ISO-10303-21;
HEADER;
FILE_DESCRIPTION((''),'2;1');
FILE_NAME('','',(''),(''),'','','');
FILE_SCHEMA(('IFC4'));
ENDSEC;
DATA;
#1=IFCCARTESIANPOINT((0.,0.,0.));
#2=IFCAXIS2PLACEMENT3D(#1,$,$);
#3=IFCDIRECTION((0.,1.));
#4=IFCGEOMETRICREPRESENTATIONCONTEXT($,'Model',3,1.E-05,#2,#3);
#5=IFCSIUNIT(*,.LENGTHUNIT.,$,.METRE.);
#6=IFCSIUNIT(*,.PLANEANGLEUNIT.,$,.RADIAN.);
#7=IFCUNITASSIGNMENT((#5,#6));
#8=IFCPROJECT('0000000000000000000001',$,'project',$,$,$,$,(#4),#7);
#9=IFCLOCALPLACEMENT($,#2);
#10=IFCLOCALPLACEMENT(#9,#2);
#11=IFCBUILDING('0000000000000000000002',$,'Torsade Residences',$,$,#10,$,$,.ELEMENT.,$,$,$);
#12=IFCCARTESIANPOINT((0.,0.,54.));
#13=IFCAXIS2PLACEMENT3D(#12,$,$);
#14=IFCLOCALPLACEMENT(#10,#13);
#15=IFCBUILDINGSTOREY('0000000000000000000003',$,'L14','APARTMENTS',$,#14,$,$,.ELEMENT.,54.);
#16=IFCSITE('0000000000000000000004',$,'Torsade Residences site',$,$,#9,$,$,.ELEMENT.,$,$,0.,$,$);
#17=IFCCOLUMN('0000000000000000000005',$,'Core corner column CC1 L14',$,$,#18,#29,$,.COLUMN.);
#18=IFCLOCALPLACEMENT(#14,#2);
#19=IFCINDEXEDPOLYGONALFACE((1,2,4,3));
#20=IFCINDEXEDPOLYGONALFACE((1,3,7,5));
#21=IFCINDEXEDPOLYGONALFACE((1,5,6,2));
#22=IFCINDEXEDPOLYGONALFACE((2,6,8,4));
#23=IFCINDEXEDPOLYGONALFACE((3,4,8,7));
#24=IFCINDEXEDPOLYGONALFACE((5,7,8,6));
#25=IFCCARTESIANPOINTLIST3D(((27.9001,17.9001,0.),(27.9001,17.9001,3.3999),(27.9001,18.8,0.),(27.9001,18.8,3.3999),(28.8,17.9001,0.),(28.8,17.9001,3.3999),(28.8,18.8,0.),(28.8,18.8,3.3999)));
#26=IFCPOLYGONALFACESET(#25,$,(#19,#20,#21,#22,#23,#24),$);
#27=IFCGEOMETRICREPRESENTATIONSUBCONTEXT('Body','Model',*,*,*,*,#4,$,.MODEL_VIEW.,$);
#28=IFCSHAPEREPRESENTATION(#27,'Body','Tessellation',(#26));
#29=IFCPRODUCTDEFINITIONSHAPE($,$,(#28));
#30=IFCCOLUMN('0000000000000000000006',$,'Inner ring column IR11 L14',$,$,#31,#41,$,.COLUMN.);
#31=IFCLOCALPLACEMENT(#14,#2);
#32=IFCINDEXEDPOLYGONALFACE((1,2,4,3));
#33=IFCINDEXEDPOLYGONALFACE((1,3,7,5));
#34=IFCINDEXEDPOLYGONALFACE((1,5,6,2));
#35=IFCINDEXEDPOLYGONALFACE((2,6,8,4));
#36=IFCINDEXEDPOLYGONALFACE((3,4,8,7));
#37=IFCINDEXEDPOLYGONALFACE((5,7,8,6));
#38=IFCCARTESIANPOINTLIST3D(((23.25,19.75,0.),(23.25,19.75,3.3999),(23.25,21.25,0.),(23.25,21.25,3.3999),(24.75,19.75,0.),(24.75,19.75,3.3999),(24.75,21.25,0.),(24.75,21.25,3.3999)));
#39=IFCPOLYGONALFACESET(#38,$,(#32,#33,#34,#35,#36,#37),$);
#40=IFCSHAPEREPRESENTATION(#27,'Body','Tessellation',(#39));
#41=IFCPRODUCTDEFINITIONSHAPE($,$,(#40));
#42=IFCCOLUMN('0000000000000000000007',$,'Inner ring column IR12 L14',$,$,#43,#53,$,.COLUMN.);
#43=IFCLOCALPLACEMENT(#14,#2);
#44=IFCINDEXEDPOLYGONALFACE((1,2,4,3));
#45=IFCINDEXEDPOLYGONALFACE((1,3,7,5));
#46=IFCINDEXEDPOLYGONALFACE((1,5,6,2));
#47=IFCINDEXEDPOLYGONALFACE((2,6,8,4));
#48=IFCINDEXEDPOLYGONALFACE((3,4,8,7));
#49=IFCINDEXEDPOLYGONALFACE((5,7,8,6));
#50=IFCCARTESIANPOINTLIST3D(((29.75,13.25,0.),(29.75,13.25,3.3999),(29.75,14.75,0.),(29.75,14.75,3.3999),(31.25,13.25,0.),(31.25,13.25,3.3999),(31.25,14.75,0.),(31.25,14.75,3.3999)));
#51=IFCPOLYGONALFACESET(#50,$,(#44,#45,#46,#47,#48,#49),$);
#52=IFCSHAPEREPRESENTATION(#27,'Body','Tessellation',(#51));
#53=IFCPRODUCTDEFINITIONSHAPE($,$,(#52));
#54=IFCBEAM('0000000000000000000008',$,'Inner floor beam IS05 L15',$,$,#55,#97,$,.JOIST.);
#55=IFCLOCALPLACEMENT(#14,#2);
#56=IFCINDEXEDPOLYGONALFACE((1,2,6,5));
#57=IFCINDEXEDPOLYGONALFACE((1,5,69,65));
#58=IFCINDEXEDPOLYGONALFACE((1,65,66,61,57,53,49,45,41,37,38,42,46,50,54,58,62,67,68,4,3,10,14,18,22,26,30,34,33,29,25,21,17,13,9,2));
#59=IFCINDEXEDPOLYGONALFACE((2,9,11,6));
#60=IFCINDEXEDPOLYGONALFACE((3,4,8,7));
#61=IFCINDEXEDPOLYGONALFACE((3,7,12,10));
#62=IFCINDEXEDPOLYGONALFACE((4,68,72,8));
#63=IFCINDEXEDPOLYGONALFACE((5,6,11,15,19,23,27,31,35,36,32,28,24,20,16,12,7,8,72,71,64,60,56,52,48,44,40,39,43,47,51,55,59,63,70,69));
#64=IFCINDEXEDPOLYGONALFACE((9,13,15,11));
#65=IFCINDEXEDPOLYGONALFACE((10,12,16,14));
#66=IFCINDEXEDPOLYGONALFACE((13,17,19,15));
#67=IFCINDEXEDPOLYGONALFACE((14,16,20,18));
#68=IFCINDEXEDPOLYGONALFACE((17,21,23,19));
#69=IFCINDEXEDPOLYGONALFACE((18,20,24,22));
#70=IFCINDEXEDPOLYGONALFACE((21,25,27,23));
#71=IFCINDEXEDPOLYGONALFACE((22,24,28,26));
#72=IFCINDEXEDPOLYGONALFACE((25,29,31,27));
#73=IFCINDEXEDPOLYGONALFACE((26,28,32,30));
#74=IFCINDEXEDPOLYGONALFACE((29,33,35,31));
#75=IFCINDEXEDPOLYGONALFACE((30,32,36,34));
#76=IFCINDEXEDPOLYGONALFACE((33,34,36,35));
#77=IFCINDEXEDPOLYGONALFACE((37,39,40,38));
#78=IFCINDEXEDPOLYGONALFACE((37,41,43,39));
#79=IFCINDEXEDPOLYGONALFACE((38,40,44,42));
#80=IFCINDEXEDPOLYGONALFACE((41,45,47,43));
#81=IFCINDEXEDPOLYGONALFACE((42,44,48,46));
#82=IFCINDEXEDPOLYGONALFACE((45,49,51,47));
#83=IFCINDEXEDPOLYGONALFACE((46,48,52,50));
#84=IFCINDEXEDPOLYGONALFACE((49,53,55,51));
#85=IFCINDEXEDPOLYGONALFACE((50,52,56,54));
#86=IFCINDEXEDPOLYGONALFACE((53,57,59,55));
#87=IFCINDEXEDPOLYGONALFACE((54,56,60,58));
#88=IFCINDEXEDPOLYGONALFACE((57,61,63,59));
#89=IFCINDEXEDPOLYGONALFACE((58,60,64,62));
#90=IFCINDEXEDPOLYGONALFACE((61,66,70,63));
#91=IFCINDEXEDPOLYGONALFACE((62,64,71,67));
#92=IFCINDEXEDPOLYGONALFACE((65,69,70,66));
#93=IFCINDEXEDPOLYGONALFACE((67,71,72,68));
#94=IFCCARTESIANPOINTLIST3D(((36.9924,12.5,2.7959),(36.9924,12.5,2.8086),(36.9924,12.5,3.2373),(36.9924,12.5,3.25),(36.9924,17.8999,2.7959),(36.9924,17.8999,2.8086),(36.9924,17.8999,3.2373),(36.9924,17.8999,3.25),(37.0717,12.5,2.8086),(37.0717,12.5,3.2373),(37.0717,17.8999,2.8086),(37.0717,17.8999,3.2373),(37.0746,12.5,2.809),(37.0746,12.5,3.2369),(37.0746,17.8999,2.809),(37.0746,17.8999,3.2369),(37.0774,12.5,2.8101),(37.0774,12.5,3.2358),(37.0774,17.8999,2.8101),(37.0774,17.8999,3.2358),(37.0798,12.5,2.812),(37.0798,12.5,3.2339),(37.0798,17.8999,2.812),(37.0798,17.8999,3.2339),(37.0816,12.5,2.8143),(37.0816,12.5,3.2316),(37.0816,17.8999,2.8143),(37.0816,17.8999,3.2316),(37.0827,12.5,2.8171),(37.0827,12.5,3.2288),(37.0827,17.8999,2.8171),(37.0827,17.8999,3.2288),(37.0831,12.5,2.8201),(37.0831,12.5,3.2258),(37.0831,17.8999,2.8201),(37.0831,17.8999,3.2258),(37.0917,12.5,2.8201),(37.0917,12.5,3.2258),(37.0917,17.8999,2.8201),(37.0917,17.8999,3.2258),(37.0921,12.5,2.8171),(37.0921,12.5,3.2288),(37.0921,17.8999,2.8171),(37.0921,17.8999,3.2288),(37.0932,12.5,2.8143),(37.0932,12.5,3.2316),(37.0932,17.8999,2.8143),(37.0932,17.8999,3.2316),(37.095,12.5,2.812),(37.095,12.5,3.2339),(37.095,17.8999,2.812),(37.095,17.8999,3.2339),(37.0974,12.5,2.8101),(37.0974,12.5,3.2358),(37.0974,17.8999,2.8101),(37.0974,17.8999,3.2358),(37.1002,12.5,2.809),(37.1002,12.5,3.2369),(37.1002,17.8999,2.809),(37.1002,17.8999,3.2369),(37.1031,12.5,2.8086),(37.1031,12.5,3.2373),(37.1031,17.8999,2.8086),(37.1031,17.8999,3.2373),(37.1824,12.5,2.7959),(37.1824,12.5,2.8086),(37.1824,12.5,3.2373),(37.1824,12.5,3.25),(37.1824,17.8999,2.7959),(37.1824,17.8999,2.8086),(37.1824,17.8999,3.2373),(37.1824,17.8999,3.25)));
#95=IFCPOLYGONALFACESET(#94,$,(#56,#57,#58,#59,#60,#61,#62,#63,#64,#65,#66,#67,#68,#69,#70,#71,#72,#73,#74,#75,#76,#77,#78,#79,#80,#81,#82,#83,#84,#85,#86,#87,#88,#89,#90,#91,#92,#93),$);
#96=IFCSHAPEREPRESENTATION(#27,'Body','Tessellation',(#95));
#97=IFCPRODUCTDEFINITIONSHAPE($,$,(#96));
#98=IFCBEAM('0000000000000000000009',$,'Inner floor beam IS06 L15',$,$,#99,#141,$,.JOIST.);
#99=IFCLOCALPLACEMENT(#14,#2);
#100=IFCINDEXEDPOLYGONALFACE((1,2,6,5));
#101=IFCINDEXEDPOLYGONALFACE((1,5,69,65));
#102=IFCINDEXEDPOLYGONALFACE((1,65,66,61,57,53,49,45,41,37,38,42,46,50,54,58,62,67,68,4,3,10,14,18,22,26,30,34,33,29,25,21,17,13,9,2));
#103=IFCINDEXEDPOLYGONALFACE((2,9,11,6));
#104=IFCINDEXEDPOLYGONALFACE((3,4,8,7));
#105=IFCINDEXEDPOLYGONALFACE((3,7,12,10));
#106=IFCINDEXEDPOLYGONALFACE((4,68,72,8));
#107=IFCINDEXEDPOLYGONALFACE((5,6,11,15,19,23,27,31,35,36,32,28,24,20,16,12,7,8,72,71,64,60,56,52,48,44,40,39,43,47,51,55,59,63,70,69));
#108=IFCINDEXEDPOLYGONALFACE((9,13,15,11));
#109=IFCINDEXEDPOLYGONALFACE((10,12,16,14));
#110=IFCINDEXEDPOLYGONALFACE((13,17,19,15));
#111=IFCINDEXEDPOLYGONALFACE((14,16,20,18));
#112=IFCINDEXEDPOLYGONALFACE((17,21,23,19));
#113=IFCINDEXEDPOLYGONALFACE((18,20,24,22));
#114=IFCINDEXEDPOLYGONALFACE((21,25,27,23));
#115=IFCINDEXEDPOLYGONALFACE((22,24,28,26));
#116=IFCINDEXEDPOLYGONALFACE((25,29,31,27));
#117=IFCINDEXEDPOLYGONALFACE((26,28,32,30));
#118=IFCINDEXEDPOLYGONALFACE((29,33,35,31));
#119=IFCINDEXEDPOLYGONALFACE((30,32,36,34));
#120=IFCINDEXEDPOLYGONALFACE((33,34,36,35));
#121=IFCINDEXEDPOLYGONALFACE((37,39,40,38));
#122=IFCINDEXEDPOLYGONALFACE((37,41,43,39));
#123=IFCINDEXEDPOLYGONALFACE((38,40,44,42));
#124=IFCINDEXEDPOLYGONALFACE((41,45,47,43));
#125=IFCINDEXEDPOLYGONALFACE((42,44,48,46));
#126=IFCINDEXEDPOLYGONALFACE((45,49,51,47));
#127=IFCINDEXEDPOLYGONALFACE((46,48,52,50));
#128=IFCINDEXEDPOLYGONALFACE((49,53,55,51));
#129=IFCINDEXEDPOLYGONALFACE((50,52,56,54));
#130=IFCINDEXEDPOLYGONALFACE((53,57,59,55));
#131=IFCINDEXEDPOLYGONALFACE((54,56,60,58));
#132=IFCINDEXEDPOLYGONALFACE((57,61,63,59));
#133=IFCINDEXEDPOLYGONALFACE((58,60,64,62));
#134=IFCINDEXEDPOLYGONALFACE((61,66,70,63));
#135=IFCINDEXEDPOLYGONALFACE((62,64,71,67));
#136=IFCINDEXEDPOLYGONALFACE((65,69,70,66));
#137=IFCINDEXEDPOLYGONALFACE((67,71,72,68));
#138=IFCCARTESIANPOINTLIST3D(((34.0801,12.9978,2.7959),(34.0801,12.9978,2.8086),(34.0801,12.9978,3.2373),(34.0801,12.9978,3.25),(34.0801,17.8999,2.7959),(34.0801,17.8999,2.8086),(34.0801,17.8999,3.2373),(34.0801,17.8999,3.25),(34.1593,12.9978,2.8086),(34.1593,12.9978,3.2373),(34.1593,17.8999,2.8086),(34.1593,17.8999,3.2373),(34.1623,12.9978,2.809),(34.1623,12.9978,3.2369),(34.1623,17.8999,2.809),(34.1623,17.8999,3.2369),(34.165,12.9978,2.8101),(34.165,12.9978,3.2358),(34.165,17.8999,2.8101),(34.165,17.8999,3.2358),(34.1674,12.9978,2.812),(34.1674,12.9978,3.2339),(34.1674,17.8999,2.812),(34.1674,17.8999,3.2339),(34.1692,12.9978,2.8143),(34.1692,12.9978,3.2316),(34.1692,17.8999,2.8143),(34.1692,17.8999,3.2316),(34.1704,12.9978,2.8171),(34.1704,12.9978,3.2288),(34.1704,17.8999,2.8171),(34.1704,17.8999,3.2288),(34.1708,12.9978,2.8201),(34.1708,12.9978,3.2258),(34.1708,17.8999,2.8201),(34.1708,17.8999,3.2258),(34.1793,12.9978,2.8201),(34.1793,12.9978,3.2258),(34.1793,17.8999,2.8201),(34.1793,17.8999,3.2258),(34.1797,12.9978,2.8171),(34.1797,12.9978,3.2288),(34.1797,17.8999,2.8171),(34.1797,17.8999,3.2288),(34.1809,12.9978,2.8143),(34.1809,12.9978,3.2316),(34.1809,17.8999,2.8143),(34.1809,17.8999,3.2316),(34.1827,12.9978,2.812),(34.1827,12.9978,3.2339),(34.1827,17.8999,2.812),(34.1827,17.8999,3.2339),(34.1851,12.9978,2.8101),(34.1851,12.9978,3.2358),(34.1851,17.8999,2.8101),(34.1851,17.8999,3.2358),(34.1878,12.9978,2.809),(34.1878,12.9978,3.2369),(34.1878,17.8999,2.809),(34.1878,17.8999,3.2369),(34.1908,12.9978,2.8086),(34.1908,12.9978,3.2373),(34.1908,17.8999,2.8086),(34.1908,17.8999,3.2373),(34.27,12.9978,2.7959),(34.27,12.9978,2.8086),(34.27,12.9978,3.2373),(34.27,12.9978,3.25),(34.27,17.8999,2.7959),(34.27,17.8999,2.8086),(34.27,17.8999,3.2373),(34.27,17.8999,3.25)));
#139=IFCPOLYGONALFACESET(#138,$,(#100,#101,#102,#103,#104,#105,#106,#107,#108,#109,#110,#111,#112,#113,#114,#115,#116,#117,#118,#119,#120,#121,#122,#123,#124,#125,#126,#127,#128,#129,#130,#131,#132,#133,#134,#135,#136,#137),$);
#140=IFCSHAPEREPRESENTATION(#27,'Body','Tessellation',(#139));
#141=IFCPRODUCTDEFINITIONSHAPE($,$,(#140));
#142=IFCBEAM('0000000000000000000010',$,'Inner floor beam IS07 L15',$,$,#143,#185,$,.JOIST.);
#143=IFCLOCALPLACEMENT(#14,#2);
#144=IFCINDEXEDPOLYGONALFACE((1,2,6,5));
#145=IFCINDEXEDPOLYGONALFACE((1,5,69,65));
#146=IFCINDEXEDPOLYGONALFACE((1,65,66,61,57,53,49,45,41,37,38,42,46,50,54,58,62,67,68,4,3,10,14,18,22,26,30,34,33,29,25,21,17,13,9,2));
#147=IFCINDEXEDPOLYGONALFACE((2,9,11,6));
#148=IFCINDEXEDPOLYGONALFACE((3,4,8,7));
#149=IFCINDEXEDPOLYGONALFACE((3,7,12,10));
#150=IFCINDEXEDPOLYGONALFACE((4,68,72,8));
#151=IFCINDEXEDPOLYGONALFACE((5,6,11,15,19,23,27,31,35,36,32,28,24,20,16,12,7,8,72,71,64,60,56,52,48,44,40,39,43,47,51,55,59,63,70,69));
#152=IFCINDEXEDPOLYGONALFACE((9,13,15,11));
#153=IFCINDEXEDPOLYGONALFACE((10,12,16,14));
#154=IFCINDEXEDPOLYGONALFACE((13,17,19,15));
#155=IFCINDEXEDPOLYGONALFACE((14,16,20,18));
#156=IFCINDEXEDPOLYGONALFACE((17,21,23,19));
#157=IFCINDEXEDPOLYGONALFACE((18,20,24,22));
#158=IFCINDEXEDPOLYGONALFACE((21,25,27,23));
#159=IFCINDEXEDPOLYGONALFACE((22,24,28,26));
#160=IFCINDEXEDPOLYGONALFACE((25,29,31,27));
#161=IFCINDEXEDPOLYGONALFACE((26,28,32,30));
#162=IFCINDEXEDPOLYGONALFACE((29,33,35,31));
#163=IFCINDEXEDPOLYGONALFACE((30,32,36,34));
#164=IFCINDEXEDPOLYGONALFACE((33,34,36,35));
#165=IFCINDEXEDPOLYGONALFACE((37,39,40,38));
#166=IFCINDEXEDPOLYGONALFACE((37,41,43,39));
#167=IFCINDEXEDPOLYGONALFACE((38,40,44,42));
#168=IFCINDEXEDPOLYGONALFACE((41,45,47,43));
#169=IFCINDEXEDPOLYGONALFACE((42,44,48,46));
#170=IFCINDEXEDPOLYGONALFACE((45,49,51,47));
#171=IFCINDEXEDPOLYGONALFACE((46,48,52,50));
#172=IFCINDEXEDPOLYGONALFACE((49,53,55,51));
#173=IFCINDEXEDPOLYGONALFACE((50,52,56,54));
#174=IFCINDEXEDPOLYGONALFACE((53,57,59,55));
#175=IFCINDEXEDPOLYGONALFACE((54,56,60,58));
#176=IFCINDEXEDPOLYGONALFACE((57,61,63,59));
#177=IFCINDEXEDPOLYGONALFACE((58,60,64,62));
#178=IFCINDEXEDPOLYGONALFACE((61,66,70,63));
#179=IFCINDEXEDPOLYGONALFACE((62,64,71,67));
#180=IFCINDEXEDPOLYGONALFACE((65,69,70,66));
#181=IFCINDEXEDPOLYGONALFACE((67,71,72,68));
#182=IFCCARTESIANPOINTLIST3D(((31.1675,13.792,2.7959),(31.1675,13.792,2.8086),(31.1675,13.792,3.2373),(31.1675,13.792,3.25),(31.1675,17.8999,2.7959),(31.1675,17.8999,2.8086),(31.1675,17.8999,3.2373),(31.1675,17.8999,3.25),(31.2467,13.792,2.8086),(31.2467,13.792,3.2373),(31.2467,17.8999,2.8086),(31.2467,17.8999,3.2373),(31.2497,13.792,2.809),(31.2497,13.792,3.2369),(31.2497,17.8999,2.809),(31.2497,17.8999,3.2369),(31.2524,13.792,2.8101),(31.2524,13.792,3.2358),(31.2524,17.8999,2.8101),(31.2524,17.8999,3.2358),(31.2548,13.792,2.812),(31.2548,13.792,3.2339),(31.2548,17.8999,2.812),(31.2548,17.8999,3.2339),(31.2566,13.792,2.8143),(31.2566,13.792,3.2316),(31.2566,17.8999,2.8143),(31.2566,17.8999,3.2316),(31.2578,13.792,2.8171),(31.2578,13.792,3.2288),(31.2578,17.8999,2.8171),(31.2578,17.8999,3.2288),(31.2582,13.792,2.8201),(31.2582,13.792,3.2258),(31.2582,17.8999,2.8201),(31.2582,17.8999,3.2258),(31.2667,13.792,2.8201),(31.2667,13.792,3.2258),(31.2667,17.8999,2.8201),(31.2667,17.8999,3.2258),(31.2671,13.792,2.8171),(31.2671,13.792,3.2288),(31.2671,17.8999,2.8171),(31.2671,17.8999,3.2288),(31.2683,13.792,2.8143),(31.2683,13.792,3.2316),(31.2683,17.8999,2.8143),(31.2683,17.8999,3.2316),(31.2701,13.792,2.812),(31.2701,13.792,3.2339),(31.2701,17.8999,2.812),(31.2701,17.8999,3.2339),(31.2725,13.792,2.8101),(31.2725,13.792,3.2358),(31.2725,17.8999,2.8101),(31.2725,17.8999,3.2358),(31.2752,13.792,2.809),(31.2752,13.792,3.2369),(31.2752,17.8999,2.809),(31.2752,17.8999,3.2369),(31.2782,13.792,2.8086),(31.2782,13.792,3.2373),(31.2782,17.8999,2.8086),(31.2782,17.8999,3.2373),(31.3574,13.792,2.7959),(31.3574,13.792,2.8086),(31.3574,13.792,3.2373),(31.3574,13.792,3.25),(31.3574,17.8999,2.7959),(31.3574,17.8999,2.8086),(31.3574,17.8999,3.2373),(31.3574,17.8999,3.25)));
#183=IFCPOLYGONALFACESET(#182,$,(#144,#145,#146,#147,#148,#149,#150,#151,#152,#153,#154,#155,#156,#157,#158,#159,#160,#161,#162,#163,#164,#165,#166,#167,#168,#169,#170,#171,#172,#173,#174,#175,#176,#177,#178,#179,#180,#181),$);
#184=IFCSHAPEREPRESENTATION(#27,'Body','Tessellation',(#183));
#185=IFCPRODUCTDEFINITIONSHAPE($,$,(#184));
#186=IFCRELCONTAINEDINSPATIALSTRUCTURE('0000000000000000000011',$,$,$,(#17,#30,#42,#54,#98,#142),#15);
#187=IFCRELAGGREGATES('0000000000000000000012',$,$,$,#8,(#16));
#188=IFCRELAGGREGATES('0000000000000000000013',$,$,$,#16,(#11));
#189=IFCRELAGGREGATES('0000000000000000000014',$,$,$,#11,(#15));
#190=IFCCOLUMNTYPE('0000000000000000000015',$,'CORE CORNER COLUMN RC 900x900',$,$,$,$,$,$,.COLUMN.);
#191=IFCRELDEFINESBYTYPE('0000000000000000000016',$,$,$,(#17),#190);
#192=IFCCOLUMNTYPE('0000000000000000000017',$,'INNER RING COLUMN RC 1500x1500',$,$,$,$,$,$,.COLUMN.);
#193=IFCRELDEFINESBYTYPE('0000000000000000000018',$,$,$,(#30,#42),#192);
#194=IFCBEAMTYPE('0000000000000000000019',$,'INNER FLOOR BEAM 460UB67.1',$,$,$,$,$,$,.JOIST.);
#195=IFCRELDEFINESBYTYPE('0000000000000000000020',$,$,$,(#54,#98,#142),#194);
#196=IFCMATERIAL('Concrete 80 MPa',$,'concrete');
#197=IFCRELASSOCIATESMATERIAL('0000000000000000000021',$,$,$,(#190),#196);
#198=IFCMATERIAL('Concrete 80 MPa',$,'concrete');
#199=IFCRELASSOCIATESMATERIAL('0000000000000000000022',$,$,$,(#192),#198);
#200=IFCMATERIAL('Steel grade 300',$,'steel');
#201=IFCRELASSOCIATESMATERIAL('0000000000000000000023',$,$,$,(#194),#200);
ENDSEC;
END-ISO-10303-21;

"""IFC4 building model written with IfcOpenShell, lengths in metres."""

from ifc_helpers import new_model, si_unit, direction, frame, origin, origin_2d, place, context, subcontext, project, spatial, rectangle, i_section, extrude, material, material_profile, profile_set, type_object, element, save


model = new_model("IFC4")

# Units and contexts
model_context = context("Model", 3, precision=1e-05, world=origin(), true_north=direction((0.0, 1.0)))
body_context = subcontext(model_context, "Body", "Model", "MODEL_VIEW")
ifc_project = project(units=[si_unit("LENGTHUNIT", "METRE"), si_unit("PLANEANGLEUNIT", "RADIAN")], contexts=[model_context])

# Site, building, storey
site_placement = place(None, origin())
site = spatial("IfcSite", under=ifc_project, at=site_placement, Name="Torsade Residences site", CompositionType="ELEMENT", RefElevation=0.0)
building_placement = place(site_placement, origin())
building = spatial("IfcBuilding", under=site, at=building_placement, Name="Torsade Residences", CompositionType="ELEMENT")
storey_placement = place(building_placement, frame((0.0, 0.0, 54.0)))
storey = spatial("IfcBuildingStorey", under=building, at=storey_placement, Name="L14", Description="APARTMENTS", CompositionType="ELEMENT", Elevation=54.0)

# Columns
ifc_material_1 = material(Name="Concrete 80 MPa", Category="concrete")
ifc_material_profile_1 = material_profile(ifc_material_1, rectangle(XDim=0.8999, YDim=0.8999, at=origin_2d()), Name="RC 900x900")
ifc_profile_set_1 = profile_set([ifc_material_profile_1], Name="Concrete 80 MPa")
column_type_1 = type_object("IfcColumnType", Name="CORE CORNER COLUMN RC 900x900", PredefinedType="COLUMN", material=ifc_profile_set_1)
column_placement = place(storey_placement, frame((28.3501, 18.3501, 0.0), z_axis=(0.0, 0.0, 1.0), x_axis=(1.0, 0.0, 0.0)))
element("IfcColumn", 1, at=column_placement, inside=storey, type_object=column_type_1, Name="Core corner column CC1 L14", PredefinedType="COLUMN", context=body_context, shape_type="SweptSolid", body=[
    extrude(rectangle(XDim=0.8999, YDim=0.8999, at=origin_2d()), origin(), (0.0, 0.0, 1.0), 3.3999),
])
ifc_material_2 = material(Name="Concrete 80 MPa", Category="concrete")
ifc_material_profile_2 = material_profile(ifc_material_2, rectangle(XDim=1.5, YDim=1.5, at=origin_2d()), Name="RC 1500x1500")
ifc_profile_set_2 = profile_set([ifc_material_profile_2], Name="Concrete 80 MPa")
column_type_2 = type_object("IfcColumnType", Name="INNER RING COLUMN RC 1500x1500", PredefinedType="COLUMN", material=ifc_profile_set_2)
for number, where, z_axis, x_axis, name in (
    (2, (24.0, 20.5, 0.0), (0.0, 0.0, 1.0), (1.0, 0.0, 0.0), "Inner ring column IR11 L14"),
    (3, (30.5, 14.0, 0.0), (0.0, 0.0, 1.0), (1.0, 0.0, 0.0), "Inner ring column IR12 L14"),
):
    element("IfcColumn", number, at=place(storey_placement, frame(where, z_axis=z_axis, x_axis=x_axis)), inside=storey, type_object=column_type_2, Name=name, PredefinedType="COLUMN", context=body_context, shape_type="SweptSolid", body=[
        extrude(rectangle(XDim=1.5, YDim=1.5, at=origin_2d()), origin(), (0.0, 0.0, 1.0), 3.3999),
    ])

# Beams
ifc_material_3 = material(Name="Steel grade 300", Category="steel")
ifc_material_profile_3 = material_profile(ifc_material_3, i_section(OverallWidth=0.1899, OverallDepth=0.4541, WebThickness=0.0085, FlangeThickness=0.0127, FilletRadius=0.0115, at=origin_2d()), Name="460UB67.1")
ifc_profile_set_3 = profile_set([ifc_material_profile_3], Name="Steel grade 300")
beam_type_1 = type_object("IfcBeamType", Name="INNER FLOOR BEAM 460UB67.1", PredefinedType="JOIST", material=ifc_profile_set_3)
beam_1_placement = place(storey_placement, frame((37.0874, 17.8999, 3.0229), z_axis=(0.0, -1.0, 0.0), x_axis=(1.0, 0.0, 0.0)))
element("IfcBeam", 4, at=beam_1_placement, inside=storey, type_object=beam_type_1, Name="Inner floor beam IS05 L15", PredefinedType="JOIST", context=body_context, shape_type="SweptSolid", body=[
    extrude(i_section(OverallWidth=0.1899, OverallDepth=0.4541, WebThickness=0.0085, FlangeThickness=0.0127, FilletRadius=0.0115, at=origin_2d()), origin(), (0.0, 0.0, 1.0), 5.3999),
])
beam_2_placement = place(storey_placement, frame((34.175, 17.8999, 3.0229), z_axis=(0.0, -1.0, 0.0), x_axis=(1.0, 0.0, 0.0)))
element("IfcBeam", 5, at=beam_2_placement, inside=storey, type_object=beam_type_1, Name="Inner floor beam IS06 L15", PredefinedType="JOIST", context=body_context, shape_type="SweptSolid", body=[
    extrude(i_section(OverallWidth=0.1899, OverallDepth=0.4541, WebThickness=0.0085, FlangeThickness=0.0127, FilletRadius=0.0115, at=origin_2d()), origin(), (0.0, 0.0, 1.0), 4.9021),
])
beam_3_placement = place(storey_placement, frame((31.2625, 17.8999, 3.0229), z_axis=(0.0, -1.0, 0.0), x_axis=(1.0, 0.0, 0.0)))
element("IfcBeam", 6, at=beam_3_placement, inside=storey, type_object=beam_type_1, Name="Inner floor beam IS07 L15", PredefinedType="JOIST", context=body_context, shape_type="SweptSolid", body=[
    extrude(i_section(OverallWidth=0.1899, OverallDepth=0.4541, WebThickness=0.0085, FlangeThickness=0.0127, FilletRadius=0.0115, at=origin_2d()), origin(), (0.0, 0.0, 1.0), 4.1079),
])

save(model, "model.ifc")
